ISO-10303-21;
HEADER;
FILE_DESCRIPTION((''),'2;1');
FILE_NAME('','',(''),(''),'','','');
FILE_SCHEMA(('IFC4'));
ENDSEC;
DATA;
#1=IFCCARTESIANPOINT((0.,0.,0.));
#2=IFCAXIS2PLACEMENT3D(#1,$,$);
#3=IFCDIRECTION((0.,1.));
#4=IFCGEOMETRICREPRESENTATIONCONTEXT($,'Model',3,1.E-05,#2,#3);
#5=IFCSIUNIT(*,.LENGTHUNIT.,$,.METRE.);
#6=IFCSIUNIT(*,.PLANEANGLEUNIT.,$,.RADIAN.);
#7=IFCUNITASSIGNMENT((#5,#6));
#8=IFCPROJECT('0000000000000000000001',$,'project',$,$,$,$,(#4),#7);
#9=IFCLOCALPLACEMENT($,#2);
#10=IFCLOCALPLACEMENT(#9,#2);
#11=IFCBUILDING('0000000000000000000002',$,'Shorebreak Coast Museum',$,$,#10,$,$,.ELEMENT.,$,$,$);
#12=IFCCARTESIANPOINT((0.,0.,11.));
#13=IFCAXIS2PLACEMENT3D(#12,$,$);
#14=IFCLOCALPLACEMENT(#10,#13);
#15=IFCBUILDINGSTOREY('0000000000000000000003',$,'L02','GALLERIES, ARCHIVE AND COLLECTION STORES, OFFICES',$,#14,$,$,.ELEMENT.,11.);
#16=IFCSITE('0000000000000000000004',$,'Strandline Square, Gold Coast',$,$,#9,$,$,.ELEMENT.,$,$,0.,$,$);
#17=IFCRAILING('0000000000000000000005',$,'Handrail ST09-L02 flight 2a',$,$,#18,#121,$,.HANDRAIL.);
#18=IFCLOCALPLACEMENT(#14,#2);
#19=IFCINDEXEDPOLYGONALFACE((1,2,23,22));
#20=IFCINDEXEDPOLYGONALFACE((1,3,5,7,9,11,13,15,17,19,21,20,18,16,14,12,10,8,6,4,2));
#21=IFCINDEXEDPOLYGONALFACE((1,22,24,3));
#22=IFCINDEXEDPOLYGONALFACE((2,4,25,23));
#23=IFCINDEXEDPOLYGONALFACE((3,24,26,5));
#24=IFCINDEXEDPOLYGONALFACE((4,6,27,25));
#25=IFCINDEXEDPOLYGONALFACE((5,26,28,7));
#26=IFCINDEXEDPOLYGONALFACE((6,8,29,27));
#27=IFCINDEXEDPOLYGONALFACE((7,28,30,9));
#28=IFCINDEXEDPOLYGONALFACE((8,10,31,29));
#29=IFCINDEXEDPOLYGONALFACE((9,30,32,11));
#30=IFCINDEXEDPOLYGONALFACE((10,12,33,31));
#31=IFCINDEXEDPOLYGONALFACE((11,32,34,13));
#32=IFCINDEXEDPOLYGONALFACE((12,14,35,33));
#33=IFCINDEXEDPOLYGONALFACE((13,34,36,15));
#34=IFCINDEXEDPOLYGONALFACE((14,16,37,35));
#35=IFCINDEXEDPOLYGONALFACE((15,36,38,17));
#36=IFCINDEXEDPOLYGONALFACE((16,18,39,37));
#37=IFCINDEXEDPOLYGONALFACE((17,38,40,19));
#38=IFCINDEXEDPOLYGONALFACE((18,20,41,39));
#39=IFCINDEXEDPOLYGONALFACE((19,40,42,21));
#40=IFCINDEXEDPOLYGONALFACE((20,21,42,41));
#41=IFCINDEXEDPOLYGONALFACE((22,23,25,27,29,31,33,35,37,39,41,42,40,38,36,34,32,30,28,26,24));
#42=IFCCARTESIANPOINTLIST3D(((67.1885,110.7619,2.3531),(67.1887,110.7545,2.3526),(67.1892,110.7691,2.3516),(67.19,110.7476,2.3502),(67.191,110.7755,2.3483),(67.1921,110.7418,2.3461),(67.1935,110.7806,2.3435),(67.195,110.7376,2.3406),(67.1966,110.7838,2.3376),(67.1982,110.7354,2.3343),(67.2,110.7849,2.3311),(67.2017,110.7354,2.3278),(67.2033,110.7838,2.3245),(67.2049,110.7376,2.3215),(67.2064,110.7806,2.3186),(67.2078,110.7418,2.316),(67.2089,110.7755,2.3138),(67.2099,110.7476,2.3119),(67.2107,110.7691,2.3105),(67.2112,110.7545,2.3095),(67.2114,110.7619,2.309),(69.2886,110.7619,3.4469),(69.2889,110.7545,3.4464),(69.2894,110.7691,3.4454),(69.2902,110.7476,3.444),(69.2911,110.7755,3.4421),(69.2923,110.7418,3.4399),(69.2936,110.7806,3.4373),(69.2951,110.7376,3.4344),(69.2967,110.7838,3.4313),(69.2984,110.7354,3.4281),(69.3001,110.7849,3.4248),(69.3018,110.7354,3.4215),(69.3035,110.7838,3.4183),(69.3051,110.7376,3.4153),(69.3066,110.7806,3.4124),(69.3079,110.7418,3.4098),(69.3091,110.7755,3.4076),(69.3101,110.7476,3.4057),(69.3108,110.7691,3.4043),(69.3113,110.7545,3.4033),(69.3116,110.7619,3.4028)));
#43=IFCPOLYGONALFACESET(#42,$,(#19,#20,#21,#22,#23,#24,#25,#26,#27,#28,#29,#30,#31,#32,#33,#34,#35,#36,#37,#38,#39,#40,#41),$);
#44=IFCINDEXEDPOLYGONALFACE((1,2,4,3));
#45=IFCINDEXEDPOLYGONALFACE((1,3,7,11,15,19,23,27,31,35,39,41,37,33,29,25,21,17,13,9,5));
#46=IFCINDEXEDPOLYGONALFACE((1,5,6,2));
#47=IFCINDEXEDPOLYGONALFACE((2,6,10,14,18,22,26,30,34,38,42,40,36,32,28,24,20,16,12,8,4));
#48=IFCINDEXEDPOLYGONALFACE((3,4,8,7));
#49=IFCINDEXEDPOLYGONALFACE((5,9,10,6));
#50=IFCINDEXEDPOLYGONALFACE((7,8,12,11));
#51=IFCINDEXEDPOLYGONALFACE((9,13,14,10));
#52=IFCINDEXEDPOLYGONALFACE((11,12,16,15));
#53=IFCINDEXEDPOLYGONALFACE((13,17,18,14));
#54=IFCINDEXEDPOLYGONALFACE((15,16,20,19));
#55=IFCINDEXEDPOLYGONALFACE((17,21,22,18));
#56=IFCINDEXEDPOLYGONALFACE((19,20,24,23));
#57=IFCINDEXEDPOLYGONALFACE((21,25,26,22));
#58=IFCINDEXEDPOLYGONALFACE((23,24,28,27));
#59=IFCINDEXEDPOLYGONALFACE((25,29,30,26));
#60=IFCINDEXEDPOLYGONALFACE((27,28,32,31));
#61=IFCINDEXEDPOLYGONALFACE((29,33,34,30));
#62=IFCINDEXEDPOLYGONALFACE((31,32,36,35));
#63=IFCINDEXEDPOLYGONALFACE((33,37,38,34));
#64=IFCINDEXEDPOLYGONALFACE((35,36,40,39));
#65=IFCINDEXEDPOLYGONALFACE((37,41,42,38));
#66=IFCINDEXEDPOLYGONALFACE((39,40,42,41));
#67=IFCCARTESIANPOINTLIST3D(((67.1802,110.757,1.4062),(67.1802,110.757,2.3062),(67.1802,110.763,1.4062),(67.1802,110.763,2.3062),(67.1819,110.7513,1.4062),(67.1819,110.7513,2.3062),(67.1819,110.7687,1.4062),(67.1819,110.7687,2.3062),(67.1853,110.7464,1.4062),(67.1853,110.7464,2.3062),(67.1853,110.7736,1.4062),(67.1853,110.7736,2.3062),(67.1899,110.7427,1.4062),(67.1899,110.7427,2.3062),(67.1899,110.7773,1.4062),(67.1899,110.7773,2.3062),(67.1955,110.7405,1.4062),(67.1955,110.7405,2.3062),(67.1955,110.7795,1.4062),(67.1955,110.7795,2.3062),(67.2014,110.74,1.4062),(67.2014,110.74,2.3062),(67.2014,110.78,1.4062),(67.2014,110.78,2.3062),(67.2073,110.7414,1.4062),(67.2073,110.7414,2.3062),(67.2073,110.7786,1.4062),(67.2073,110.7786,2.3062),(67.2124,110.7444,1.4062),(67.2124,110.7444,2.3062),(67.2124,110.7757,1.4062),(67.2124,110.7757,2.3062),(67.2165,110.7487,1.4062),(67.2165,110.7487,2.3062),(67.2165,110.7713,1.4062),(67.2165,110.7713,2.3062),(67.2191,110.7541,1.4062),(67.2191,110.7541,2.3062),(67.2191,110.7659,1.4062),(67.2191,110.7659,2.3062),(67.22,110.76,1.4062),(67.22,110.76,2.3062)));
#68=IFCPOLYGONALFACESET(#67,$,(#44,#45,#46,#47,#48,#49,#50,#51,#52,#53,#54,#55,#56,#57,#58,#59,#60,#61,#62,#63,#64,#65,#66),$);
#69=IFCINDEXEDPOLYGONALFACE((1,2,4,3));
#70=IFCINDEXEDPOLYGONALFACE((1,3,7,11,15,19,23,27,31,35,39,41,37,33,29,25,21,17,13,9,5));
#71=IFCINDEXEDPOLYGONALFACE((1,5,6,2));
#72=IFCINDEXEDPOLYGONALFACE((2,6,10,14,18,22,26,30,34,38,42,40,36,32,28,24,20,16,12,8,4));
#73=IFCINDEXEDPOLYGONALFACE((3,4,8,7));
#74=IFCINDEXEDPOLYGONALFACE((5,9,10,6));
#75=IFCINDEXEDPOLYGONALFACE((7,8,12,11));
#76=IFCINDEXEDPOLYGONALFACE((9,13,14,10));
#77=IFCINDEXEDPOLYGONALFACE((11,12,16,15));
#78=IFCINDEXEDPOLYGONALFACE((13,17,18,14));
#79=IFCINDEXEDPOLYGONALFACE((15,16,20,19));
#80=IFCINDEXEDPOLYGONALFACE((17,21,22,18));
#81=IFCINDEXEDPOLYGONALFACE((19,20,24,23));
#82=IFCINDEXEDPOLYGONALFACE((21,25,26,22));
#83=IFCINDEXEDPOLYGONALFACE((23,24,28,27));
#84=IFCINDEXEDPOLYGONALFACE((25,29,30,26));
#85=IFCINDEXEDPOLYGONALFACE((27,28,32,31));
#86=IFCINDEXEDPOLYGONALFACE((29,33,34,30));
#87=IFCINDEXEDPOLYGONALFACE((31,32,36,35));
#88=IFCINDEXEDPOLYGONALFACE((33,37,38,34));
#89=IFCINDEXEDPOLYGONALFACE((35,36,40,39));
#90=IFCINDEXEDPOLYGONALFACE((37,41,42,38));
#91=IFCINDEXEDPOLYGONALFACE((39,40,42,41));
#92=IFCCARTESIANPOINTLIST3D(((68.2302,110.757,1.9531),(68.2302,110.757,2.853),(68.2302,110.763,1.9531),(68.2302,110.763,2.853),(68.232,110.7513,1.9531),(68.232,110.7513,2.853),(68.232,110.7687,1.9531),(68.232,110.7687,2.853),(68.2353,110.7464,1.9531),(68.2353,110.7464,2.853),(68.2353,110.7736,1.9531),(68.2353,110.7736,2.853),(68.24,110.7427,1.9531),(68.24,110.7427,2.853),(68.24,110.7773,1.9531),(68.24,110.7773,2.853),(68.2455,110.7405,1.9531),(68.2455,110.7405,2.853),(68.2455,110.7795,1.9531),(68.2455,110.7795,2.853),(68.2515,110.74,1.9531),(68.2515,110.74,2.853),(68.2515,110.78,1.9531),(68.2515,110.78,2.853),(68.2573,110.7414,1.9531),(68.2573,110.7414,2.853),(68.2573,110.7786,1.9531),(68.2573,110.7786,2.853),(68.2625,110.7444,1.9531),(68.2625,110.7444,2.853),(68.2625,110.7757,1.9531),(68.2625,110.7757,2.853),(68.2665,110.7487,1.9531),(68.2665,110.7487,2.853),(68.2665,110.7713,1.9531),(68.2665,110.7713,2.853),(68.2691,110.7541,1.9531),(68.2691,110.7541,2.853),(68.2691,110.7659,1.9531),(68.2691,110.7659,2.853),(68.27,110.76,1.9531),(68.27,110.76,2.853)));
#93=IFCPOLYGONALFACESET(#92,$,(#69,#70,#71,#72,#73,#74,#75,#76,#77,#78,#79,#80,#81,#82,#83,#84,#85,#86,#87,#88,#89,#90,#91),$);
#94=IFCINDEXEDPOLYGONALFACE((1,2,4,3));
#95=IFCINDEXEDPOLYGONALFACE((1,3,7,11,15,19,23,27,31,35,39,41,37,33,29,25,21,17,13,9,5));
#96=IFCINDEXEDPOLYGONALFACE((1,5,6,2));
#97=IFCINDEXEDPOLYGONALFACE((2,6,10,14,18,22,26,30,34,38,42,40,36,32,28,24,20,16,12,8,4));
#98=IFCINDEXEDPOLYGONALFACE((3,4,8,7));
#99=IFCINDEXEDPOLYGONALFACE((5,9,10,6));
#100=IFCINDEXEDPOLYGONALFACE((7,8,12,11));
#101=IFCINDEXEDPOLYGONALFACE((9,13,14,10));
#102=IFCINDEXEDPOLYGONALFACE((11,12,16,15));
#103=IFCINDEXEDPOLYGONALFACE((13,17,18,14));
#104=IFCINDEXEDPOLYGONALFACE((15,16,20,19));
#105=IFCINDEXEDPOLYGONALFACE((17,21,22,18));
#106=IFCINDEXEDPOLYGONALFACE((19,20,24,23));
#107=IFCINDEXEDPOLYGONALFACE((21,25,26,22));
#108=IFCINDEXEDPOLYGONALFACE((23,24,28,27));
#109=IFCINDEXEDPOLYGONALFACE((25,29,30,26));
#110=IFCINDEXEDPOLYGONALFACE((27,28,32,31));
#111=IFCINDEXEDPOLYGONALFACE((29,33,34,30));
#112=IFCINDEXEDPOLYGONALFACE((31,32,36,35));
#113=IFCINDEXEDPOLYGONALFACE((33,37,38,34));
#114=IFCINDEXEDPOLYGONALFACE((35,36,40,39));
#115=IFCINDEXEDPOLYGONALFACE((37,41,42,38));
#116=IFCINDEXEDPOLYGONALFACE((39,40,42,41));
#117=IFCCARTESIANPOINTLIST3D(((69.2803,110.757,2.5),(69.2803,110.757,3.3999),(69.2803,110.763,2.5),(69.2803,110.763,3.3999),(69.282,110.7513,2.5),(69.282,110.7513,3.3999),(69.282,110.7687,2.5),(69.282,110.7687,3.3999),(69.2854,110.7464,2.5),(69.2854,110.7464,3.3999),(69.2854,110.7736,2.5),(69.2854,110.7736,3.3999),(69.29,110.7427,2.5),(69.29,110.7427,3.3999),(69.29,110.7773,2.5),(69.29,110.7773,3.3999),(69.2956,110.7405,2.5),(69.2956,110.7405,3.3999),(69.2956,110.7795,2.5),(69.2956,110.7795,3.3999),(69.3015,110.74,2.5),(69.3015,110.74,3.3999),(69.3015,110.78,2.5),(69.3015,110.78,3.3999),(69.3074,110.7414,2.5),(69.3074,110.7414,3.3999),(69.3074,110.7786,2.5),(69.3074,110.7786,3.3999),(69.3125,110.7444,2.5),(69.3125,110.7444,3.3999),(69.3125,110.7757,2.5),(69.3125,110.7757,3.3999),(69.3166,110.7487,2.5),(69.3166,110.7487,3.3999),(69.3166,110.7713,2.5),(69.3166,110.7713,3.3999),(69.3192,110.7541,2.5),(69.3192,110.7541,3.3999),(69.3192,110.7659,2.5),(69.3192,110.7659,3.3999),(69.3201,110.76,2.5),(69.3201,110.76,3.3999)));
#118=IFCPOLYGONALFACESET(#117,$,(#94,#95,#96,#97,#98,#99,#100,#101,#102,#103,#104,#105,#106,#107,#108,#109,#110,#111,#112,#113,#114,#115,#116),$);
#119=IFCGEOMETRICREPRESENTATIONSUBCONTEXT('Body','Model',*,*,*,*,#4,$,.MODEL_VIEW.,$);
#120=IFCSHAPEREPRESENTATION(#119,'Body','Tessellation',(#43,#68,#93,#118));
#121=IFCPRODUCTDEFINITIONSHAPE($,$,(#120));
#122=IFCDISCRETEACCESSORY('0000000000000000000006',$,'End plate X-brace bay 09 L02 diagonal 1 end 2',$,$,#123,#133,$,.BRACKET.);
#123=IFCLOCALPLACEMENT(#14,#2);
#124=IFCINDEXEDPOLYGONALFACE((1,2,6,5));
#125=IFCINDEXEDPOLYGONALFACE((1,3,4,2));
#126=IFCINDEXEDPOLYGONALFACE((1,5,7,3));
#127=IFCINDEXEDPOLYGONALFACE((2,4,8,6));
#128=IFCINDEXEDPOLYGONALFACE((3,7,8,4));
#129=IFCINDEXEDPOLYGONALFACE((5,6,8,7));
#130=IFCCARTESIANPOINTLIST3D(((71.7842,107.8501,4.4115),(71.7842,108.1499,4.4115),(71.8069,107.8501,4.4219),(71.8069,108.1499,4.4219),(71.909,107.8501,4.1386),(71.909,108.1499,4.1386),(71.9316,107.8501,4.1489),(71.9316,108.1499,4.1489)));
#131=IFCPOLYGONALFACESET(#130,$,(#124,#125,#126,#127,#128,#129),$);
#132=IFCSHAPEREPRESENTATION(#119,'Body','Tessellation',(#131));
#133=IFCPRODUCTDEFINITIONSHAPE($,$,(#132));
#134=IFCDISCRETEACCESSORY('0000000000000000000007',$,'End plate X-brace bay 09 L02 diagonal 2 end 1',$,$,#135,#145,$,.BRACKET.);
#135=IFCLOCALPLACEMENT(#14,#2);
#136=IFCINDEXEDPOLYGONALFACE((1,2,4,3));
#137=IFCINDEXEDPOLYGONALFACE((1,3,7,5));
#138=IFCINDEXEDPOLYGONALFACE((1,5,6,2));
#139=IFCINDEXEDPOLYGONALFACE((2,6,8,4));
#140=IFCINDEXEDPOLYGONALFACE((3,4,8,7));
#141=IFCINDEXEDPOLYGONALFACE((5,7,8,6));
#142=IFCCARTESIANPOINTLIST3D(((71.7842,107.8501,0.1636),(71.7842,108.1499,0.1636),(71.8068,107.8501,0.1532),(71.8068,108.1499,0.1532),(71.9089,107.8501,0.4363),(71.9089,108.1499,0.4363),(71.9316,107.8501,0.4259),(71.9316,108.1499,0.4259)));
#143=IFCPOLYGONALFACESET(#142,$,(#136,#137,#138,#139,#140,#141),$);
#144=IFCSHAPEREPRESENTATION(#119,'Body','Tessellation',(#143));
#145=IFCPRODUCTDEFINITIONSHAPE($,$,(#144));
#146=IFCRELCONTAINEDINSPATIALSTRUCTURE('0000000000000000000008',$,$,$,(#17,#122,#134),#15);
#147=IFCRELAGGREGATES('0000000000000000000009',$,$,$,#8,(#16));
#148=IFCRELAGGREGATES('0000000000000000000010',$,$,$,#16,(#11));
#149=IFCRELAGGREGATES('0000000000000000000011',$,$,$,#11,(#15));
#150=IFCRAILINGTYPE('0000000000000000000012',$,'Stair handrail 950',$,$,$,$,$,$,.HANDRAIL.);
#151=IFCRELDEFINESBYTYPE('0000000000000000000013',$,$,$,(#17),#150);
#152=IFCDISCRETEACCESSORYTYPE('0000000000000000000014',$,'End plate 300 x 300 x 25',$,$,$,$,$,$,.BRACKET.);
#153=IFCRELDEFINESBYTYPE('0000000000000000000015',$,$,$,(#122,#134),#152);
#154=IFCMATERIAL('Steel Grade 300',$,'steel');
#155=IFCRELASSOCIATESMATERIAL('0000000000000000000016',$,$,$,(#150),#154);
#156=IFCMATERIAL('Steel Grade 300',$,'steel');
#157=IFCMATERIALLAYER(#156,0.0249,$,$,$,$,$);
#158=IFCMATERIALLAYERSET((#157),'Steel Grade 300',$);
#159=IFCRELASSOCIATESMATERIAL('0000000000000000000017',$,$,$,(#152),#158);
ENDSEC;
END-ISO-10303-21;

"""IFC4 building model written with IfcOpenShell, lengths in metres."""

from ifc_helpers import new_model, si_unit, direction, frame, origin, origin_2d, place, context, subcontext, project, spatial, polyline, circle, outline, extrude, material, layer, layer_set, type_object, element, save


model = new_model("IFC4")

# Units and contexts
model_context = context("Model", 3, precision=1e-05, world=origin(), true_north=direction((0.0, 1.0)))
body_context = subcontext(model_context, "Body", "Model", "MODEL_VIEW")
ifc_project = project(units=[si_unit("LENGTHUNIT", "METRE"), si_unit("PLANEANGLEUNIT", "RADIAN")], contexts=[model_context])

# Site, building, storey
site_placement = place(None, origin())
site = spatial("IfcSite", under=ifc_project, at=site_placement, Name="Strandline Square, Gold Coast", CompositionType="ELEMENT", RefElevation=0.0)
building_placement = place(site_placement, origin())
building = spatial("IfcBuilding", under=site, at=building_placement, Name="Shorebreak Coast Museum", CompositionType="ELEMENT")
storey_placement = place(building_placement, frame((0.0, 0.0, 11.0)))
storey = spatial("IfcBuildingStorey", under=building, at=storey_placement, Name="L02", Description="GALLERIES, ARCHIVE AND COLLECTION STORES, OFFICES", CompositionType="ELEMENT", Elevation=11.0)

# Railing
ifc_material_1 = material(Name="Steel Grade 300", Category="steel")
railing_type_1 = type_object("IfcRailingType", Name="Stair handrail 950", PredefinedType="HANDRAIL", material=ifc_material_1)
railing_1_placement = place(storey_placement, frame((67.2, 110.76, 1.4062)))
element("IfcRailing", 1, at=railing_1_placement, inside=storey, type_object=railing_type_1, Name="Handrail ST09-L02 flight 2a", PredefinedType="HANDRAIL", context=body_context, shape_type="SweptSolid", body=[
    extrude(circle(Radius=0.0249, at=origin_2d()), frame((0.0, 0.0, 0.9248), z_axis=(0.886923, 0.0, 0.461918), x_axis=(0.0, 1.0, 0.0)), (0.0, 0.0, 1.0), 2.3679),
    extrude(circle(Radius=0.02, at=origin_2d()), origin(), (0.0, 0.0, 1.0), 0.8999),
    extrude(circle(Radius=0.02, at=origin_2d()), frame((1.05, 0.0, 0.5469)), (0.0, 0.0, 1.0), 0.8999),
    extrude(circle(Radius=0.02, at=origin_2d()), frame((2.1001, 0.0, 1.0938)), (0.0, 0.0, 1.0), 0.8999),
])

# Discrete accessories
ifc_material_2 = material(Name="Steel Grade 300", Category="steel")
ifc_layer_1 = layer(ifc_material_2, 0.0249)
ifc_layer_set_1 = layer_set([ifc_layer_1], Name="Steel Grade 300")
discrete_accessory_type = type_object("IfcDiscreteAccessoryType", Name="End plate 300 x 300 x 25", PredefinedType="BRACKET", material=ifc_layer_set_1)
discrete_accessory_1_placement = place(storey_placement, frame((71.9316, 107.8501, 4.1489), z_axis=(0.909501, 0.0, 0.415702), x_axis=(0.0, 1.0, 0.0)))
element("IfcDiscreteAccessory", 2, at=discrete_accessory_1_placement, inside=storey, type_object=discrete_accessory_type, Name="End plate X-brace bay 09 L02 diagonal 1 end 2", PredefinedType="BRACKET", context=body_context, shape_type="SweptSolid", body=[
    extrude(outline(polyline([(0.0, 0.0), (0.2998, 0.0), (0.2998, 0.3001), (0.0, 0.3001), (0.0, 0.0)])), origin(), (0.0, 0.0, -1.0), 0.0249),
])
discrete_accessory_2_placement = place(storey_placement, frame((71.7842, 108.1499, 0.1636), z_axis=(-0.90936, 0.0, 0.41601), x_axis=(0.0, -1.0, 0.0)))
element("IfcDiscreteAccessory", 3, at=discrete_accessory_2_placement, inside=storey, type_object=discrete_accessory_type, Name="End plate X-brace bay 09 L02 diagonal 2 end 1", PredefinedType="BRACKET", context=body_context, shape_type="SweptSolid", body=[
    extrude(outline(polyline([(0.0, 0.0), (0.2998, 0.0), (0.2998, 0.2999), (0.0, 0.2999), (0.0, 0.0)])), origin(), (0.0, 0.0, -1.0), 0.0249),
])

save(model, "model.ifc")
